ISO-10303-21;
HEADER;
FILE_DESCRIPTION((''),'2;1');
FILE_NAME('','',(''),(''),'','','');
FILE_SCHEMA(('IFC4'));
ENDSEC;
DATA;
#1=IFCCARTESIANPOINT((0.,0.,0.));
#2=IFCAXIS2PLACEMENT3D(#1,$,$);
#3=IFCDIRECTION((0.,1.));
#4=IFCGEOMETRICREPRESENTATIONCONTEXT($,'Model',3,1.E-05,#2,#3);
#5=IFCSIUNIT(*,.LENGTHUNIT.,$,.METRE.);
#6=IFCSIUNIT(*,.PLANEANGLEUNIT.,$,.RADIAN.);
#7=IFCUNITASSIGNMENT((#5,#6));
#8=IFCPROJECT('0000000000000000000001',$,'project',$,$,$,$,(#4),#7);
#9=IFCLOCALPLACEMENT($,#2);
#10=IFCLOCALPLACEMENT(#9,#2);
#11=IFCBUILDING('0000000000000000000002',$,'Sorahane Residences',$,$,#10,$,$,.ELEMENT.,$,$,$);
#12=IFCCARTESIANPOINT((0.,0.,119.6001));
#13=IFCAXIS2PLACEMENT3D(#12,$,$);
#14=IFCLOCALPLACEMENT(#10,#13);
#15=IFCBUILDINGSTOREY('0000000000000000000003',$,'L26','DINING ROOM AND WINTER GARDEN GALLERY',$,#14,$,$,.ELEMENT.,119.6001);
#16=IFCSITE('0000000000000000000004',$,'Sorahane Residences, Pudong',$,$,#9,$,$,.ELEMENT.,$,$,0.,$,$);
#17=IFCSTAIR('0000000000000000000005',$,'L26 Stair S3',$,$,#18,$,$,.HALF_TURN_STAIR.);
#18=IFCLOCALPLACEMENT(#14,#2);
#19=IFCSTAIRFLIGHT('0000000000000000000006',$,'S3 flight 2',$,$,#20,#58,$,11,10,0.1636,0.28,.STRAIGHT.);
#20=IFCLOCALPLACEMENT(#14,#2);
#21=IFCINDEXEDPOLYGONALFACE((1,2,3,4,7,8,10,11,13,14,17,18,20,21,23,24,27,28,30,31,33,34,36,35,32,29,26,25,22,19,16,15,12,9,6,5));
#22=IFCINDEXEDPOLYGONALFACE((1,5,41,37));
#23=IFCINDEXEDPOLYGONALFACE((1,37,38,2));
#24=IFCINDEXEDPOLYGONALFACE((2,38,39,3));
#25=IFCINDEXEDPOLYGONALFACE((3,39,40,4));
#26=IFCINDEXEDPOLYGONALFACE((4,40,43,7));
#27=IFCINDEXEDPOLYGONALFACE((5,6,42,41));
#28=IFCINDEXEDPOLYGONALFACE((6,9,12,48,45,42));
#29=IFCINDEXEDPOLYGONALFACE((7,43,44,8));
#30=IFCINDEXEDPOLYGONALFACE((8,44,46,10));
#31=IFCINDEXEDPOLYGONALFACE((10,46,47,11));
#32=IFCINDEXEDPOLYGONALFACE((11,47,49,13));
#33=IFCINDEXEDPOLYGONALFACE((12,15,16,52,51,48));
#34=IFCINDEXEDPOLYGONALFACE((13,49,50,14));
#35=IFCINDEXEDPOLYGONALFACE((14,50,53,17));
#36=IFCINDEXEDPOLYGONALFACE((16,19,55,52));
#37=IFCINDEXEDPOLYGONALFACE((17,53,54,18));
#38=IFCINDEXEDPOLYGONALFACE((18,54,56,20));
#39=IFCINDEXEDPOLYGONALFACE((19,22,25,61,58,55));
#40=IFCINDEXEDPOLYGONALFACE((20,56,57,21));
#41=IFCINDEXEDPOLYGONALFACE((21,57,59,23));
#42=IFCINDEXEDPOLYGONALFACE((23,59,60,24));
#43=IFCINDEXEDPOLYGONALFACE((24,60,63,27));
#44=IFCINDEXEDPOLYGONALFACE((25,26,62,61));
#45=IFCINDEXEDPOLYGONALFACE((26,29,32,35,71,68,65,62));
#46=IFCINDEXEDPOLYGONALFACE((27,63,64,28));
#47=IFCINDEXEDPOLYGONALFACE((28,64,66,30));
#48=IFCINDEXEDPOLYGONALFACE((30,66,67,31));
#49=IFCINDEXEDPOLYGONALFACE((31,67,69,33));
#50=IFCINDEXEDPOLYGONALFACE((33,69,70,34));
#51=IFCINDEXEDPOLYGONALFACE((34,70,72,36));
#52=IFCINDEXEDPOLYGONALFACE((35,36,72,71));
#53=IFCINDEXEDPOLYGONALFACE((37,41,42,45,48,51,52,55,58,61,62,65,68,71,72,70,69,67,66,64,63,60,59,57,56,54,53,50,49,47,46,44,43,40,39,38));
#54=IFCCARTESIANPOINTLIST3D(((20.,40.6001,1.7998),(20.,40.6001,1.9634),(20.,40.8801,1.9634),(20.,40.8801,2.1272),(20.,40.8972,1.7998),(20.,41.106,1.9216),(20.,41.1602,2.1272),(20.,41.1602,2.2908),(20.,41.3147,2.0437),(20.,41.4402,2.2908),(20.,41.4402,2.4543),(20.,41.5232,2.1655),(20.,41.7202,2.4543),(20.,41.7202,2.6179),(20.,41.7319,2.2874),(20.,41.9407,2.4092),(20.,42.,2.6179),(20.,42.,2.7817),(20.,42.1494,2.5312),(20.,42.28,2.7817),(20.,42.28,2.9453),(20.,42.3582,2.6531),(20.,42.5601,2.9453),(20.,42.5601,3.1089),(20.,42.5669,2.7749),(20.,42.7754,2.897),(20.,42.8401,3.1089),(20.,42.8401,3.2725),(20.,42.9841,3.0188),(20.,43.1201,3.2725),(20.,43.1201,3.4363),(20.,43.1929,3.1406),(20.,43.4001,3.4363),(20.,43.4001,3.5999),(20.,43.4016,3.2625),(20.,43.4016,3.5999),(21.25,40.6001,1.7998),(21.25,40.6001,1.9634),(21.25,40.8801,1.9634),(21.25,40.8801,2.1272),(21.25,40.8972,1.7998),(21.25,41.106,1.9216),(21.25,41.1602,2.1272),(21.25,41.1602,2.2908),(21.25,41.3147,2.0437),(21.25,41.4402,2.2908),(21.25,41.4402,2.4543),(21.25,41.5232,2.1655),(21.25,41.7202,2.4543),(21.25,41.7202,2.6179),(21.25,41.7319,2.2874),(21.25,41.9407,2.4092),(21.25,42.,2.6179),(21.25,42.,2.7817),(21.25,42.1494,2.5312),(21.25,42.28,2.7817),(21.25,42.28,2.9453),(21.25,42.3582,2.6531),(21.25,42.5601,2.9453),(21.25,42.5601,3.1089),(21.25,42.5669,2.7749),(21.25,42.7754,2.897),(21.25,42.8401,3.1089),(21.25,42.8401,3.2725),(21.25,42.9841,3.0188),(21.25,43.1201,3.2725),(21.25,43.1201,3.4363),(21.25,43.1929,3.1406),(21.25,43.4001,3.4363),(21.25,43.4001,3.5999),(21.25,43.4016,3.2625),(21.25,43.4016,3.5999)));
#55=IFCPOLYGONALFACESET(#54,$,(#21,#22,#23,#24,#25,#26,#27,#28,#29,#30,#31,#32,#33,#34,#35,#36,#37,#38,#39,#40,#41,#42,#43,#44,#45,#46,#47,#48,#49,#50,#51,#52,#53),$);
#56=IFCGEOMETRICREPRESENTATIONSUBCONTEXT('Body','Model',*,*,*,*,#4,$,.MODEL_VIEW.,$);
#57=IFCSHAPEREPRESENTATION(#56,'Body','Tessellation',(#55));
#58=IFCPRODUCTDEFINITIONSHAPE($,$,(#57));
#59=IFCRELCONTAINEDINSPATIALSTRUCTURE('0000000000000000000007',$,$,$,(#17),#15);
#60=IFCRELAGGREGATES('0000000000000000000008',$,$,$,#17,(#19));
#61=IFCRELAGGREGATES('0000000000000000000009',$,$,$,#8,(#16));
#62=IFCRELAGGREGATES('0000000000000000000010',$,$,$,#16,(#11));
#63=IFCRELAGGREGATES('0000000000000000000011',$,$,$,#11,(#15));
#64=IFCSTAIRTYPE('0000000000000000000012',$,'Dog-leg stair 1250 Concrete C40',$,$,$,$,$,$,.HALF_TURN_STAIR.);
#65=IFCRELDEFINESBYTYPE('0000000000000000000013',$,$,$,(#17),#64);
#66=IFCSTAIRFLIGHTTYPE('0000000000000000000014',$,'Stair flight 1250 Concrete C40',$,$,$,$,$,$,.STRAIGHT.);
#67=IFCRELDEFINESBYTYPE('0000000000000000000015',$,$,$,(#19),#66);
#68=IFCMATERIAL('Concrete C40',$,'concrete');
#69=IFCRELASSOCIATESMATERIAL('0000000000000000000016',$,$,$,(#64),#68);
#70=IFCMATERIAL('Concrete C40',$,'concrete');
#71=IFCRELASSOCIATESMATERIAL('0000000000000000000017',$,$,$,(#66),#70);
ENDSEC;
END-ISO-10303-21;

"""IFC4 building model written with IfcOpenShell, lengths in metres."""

from ifc_helpers import new_model, si_unit, direction, frame, origin, place, context, subcontext, project, spatial, polyline, outline, extrude, material, type_object, element, aggregate, save


model = new_model("IFC4")

# Units and contexts
model_context = context("Model", 3, precision=1e-05, world=origin(), true_north=direction((0.0, 1.0)))
body_context = subcontext(model_context, "Body", "Model", "MODEL_VIEW")
ifc_project = project(units=[si_unit("LENGTHUNIT", "METRE"), si_unit("PLANEANGLEUNIT", "RADIAN")], contexts=[model_context])

# Site, building, storey
site_placement = place(None, origin())
site = spatial("IfcSite", under=ifc_project, at=site_placement, Name="Sorahane Residences, Pudong", CompositionType="ELEMENT", RefElevation=0.0)
building_placement = place(site_placement, origin())
building = spatial("IfcBuilding", under=site, at=building_placement, Name="Sorahane Residences", CompositionType="ELEMENT")
storey_placement = place(building_placement, frame((0.0, 0.0, 119.6001)))
storey = spatial("IfcBuildingStorey", under=building, at=storey_placement, Name="L26", Description="DINING ROOM AND WINTER GARDEN GALLERY", CompositionType="ELEMENT", Elevation=119.6001)

# Stair, stair flight
ifc_material_1 = material(Name="Concrete C40", Category="concrete")
stair_type = type_object("IfcStairType", Name="Dog-leg stair 1250 Concrete C40", PredefinedType="HALF_TURN_STAIR", material=ifc_material_1)
stair_placement = place(storey_placement, origin())
stair = element("IfcStair", 1, at=stair_placement, inside=storey, type_object=stair_type, Name="L26 Stair S3", PredefinedType="HALF_TURN_STAIR")
ifc_material_2 = material(Name="Concrete C40", Category="concrete")
stair_flight_type = type_object("IfcStairFlightType", Name="Stair flight 1250 Concrete C40", PredefinedType="STRAIGHT", material=ifc_material_2)
stair_flight_placement = place(storey_placement, frame((20.625, 40.6001, 1.7998), z_axis=(0.0, 0.0, 1.0), x_axis=(0.0, 1.0, 0.0)))
stair_flight = element("IfcStairFlight", 2, at=stair_flight_placement, type_object=stair_flight_type, Name="S3 flight 2", NumberOfRisers=11, NumberOfTreads=10, PredefinedType="STRAIGHT", RiserHeight=0.1636, TreadLength=0.28, context=body_context, shape_type="SweptSolid", body=[
    extrude(outline(polyline([(0.0, 0.0), (0.0, 0.1636), (0.28, 0.1636), (0.28, 0.3274), (0.5601, 0.3274), (0.5601, 0.491), (0.8401, 0.491), (0.8401, 0.6545), (1.1201, 0.6545), (1.1201, 0.8181), (1.3999, 0.8181), (1.3999, 0.9819), (1.6799, 0.9819), (1.6799, 1.1455), (1.96, 1.1455), (1.96, 1.3091), (2.24, 1.3091), (2.24, 1.4727), (2.52, 1.4727), (2.52, 1.6365), (2.8, 1.6365), (2.8, 1.8), (2.8015, 1.8), (2.8015, 1.4626), (2.5928, 1.3408), (2.384, 1.219), (2.1753, 1.0972), (1.9668, 0.9751), (1.7581, 0.8533), (1.5493, 0.7314), (1.3406, 0.6094), (1.1318, 0.4875), (0.9231, 0.3657), (0.7146, 0.2439), (0.5059, 0.1218), (0.2971, 0.0), (0.0, 0.0)])), frame((0.0, 0.625, 0.0), z_axis=(0.0, -1.0, 0.0), x_axis=(1.0, 0.0, 0.0)), (0.0, 0.0, 1.0), 1.25),
])
aggregate(stair, [stair_flight])

save(model, "model.ifc")
